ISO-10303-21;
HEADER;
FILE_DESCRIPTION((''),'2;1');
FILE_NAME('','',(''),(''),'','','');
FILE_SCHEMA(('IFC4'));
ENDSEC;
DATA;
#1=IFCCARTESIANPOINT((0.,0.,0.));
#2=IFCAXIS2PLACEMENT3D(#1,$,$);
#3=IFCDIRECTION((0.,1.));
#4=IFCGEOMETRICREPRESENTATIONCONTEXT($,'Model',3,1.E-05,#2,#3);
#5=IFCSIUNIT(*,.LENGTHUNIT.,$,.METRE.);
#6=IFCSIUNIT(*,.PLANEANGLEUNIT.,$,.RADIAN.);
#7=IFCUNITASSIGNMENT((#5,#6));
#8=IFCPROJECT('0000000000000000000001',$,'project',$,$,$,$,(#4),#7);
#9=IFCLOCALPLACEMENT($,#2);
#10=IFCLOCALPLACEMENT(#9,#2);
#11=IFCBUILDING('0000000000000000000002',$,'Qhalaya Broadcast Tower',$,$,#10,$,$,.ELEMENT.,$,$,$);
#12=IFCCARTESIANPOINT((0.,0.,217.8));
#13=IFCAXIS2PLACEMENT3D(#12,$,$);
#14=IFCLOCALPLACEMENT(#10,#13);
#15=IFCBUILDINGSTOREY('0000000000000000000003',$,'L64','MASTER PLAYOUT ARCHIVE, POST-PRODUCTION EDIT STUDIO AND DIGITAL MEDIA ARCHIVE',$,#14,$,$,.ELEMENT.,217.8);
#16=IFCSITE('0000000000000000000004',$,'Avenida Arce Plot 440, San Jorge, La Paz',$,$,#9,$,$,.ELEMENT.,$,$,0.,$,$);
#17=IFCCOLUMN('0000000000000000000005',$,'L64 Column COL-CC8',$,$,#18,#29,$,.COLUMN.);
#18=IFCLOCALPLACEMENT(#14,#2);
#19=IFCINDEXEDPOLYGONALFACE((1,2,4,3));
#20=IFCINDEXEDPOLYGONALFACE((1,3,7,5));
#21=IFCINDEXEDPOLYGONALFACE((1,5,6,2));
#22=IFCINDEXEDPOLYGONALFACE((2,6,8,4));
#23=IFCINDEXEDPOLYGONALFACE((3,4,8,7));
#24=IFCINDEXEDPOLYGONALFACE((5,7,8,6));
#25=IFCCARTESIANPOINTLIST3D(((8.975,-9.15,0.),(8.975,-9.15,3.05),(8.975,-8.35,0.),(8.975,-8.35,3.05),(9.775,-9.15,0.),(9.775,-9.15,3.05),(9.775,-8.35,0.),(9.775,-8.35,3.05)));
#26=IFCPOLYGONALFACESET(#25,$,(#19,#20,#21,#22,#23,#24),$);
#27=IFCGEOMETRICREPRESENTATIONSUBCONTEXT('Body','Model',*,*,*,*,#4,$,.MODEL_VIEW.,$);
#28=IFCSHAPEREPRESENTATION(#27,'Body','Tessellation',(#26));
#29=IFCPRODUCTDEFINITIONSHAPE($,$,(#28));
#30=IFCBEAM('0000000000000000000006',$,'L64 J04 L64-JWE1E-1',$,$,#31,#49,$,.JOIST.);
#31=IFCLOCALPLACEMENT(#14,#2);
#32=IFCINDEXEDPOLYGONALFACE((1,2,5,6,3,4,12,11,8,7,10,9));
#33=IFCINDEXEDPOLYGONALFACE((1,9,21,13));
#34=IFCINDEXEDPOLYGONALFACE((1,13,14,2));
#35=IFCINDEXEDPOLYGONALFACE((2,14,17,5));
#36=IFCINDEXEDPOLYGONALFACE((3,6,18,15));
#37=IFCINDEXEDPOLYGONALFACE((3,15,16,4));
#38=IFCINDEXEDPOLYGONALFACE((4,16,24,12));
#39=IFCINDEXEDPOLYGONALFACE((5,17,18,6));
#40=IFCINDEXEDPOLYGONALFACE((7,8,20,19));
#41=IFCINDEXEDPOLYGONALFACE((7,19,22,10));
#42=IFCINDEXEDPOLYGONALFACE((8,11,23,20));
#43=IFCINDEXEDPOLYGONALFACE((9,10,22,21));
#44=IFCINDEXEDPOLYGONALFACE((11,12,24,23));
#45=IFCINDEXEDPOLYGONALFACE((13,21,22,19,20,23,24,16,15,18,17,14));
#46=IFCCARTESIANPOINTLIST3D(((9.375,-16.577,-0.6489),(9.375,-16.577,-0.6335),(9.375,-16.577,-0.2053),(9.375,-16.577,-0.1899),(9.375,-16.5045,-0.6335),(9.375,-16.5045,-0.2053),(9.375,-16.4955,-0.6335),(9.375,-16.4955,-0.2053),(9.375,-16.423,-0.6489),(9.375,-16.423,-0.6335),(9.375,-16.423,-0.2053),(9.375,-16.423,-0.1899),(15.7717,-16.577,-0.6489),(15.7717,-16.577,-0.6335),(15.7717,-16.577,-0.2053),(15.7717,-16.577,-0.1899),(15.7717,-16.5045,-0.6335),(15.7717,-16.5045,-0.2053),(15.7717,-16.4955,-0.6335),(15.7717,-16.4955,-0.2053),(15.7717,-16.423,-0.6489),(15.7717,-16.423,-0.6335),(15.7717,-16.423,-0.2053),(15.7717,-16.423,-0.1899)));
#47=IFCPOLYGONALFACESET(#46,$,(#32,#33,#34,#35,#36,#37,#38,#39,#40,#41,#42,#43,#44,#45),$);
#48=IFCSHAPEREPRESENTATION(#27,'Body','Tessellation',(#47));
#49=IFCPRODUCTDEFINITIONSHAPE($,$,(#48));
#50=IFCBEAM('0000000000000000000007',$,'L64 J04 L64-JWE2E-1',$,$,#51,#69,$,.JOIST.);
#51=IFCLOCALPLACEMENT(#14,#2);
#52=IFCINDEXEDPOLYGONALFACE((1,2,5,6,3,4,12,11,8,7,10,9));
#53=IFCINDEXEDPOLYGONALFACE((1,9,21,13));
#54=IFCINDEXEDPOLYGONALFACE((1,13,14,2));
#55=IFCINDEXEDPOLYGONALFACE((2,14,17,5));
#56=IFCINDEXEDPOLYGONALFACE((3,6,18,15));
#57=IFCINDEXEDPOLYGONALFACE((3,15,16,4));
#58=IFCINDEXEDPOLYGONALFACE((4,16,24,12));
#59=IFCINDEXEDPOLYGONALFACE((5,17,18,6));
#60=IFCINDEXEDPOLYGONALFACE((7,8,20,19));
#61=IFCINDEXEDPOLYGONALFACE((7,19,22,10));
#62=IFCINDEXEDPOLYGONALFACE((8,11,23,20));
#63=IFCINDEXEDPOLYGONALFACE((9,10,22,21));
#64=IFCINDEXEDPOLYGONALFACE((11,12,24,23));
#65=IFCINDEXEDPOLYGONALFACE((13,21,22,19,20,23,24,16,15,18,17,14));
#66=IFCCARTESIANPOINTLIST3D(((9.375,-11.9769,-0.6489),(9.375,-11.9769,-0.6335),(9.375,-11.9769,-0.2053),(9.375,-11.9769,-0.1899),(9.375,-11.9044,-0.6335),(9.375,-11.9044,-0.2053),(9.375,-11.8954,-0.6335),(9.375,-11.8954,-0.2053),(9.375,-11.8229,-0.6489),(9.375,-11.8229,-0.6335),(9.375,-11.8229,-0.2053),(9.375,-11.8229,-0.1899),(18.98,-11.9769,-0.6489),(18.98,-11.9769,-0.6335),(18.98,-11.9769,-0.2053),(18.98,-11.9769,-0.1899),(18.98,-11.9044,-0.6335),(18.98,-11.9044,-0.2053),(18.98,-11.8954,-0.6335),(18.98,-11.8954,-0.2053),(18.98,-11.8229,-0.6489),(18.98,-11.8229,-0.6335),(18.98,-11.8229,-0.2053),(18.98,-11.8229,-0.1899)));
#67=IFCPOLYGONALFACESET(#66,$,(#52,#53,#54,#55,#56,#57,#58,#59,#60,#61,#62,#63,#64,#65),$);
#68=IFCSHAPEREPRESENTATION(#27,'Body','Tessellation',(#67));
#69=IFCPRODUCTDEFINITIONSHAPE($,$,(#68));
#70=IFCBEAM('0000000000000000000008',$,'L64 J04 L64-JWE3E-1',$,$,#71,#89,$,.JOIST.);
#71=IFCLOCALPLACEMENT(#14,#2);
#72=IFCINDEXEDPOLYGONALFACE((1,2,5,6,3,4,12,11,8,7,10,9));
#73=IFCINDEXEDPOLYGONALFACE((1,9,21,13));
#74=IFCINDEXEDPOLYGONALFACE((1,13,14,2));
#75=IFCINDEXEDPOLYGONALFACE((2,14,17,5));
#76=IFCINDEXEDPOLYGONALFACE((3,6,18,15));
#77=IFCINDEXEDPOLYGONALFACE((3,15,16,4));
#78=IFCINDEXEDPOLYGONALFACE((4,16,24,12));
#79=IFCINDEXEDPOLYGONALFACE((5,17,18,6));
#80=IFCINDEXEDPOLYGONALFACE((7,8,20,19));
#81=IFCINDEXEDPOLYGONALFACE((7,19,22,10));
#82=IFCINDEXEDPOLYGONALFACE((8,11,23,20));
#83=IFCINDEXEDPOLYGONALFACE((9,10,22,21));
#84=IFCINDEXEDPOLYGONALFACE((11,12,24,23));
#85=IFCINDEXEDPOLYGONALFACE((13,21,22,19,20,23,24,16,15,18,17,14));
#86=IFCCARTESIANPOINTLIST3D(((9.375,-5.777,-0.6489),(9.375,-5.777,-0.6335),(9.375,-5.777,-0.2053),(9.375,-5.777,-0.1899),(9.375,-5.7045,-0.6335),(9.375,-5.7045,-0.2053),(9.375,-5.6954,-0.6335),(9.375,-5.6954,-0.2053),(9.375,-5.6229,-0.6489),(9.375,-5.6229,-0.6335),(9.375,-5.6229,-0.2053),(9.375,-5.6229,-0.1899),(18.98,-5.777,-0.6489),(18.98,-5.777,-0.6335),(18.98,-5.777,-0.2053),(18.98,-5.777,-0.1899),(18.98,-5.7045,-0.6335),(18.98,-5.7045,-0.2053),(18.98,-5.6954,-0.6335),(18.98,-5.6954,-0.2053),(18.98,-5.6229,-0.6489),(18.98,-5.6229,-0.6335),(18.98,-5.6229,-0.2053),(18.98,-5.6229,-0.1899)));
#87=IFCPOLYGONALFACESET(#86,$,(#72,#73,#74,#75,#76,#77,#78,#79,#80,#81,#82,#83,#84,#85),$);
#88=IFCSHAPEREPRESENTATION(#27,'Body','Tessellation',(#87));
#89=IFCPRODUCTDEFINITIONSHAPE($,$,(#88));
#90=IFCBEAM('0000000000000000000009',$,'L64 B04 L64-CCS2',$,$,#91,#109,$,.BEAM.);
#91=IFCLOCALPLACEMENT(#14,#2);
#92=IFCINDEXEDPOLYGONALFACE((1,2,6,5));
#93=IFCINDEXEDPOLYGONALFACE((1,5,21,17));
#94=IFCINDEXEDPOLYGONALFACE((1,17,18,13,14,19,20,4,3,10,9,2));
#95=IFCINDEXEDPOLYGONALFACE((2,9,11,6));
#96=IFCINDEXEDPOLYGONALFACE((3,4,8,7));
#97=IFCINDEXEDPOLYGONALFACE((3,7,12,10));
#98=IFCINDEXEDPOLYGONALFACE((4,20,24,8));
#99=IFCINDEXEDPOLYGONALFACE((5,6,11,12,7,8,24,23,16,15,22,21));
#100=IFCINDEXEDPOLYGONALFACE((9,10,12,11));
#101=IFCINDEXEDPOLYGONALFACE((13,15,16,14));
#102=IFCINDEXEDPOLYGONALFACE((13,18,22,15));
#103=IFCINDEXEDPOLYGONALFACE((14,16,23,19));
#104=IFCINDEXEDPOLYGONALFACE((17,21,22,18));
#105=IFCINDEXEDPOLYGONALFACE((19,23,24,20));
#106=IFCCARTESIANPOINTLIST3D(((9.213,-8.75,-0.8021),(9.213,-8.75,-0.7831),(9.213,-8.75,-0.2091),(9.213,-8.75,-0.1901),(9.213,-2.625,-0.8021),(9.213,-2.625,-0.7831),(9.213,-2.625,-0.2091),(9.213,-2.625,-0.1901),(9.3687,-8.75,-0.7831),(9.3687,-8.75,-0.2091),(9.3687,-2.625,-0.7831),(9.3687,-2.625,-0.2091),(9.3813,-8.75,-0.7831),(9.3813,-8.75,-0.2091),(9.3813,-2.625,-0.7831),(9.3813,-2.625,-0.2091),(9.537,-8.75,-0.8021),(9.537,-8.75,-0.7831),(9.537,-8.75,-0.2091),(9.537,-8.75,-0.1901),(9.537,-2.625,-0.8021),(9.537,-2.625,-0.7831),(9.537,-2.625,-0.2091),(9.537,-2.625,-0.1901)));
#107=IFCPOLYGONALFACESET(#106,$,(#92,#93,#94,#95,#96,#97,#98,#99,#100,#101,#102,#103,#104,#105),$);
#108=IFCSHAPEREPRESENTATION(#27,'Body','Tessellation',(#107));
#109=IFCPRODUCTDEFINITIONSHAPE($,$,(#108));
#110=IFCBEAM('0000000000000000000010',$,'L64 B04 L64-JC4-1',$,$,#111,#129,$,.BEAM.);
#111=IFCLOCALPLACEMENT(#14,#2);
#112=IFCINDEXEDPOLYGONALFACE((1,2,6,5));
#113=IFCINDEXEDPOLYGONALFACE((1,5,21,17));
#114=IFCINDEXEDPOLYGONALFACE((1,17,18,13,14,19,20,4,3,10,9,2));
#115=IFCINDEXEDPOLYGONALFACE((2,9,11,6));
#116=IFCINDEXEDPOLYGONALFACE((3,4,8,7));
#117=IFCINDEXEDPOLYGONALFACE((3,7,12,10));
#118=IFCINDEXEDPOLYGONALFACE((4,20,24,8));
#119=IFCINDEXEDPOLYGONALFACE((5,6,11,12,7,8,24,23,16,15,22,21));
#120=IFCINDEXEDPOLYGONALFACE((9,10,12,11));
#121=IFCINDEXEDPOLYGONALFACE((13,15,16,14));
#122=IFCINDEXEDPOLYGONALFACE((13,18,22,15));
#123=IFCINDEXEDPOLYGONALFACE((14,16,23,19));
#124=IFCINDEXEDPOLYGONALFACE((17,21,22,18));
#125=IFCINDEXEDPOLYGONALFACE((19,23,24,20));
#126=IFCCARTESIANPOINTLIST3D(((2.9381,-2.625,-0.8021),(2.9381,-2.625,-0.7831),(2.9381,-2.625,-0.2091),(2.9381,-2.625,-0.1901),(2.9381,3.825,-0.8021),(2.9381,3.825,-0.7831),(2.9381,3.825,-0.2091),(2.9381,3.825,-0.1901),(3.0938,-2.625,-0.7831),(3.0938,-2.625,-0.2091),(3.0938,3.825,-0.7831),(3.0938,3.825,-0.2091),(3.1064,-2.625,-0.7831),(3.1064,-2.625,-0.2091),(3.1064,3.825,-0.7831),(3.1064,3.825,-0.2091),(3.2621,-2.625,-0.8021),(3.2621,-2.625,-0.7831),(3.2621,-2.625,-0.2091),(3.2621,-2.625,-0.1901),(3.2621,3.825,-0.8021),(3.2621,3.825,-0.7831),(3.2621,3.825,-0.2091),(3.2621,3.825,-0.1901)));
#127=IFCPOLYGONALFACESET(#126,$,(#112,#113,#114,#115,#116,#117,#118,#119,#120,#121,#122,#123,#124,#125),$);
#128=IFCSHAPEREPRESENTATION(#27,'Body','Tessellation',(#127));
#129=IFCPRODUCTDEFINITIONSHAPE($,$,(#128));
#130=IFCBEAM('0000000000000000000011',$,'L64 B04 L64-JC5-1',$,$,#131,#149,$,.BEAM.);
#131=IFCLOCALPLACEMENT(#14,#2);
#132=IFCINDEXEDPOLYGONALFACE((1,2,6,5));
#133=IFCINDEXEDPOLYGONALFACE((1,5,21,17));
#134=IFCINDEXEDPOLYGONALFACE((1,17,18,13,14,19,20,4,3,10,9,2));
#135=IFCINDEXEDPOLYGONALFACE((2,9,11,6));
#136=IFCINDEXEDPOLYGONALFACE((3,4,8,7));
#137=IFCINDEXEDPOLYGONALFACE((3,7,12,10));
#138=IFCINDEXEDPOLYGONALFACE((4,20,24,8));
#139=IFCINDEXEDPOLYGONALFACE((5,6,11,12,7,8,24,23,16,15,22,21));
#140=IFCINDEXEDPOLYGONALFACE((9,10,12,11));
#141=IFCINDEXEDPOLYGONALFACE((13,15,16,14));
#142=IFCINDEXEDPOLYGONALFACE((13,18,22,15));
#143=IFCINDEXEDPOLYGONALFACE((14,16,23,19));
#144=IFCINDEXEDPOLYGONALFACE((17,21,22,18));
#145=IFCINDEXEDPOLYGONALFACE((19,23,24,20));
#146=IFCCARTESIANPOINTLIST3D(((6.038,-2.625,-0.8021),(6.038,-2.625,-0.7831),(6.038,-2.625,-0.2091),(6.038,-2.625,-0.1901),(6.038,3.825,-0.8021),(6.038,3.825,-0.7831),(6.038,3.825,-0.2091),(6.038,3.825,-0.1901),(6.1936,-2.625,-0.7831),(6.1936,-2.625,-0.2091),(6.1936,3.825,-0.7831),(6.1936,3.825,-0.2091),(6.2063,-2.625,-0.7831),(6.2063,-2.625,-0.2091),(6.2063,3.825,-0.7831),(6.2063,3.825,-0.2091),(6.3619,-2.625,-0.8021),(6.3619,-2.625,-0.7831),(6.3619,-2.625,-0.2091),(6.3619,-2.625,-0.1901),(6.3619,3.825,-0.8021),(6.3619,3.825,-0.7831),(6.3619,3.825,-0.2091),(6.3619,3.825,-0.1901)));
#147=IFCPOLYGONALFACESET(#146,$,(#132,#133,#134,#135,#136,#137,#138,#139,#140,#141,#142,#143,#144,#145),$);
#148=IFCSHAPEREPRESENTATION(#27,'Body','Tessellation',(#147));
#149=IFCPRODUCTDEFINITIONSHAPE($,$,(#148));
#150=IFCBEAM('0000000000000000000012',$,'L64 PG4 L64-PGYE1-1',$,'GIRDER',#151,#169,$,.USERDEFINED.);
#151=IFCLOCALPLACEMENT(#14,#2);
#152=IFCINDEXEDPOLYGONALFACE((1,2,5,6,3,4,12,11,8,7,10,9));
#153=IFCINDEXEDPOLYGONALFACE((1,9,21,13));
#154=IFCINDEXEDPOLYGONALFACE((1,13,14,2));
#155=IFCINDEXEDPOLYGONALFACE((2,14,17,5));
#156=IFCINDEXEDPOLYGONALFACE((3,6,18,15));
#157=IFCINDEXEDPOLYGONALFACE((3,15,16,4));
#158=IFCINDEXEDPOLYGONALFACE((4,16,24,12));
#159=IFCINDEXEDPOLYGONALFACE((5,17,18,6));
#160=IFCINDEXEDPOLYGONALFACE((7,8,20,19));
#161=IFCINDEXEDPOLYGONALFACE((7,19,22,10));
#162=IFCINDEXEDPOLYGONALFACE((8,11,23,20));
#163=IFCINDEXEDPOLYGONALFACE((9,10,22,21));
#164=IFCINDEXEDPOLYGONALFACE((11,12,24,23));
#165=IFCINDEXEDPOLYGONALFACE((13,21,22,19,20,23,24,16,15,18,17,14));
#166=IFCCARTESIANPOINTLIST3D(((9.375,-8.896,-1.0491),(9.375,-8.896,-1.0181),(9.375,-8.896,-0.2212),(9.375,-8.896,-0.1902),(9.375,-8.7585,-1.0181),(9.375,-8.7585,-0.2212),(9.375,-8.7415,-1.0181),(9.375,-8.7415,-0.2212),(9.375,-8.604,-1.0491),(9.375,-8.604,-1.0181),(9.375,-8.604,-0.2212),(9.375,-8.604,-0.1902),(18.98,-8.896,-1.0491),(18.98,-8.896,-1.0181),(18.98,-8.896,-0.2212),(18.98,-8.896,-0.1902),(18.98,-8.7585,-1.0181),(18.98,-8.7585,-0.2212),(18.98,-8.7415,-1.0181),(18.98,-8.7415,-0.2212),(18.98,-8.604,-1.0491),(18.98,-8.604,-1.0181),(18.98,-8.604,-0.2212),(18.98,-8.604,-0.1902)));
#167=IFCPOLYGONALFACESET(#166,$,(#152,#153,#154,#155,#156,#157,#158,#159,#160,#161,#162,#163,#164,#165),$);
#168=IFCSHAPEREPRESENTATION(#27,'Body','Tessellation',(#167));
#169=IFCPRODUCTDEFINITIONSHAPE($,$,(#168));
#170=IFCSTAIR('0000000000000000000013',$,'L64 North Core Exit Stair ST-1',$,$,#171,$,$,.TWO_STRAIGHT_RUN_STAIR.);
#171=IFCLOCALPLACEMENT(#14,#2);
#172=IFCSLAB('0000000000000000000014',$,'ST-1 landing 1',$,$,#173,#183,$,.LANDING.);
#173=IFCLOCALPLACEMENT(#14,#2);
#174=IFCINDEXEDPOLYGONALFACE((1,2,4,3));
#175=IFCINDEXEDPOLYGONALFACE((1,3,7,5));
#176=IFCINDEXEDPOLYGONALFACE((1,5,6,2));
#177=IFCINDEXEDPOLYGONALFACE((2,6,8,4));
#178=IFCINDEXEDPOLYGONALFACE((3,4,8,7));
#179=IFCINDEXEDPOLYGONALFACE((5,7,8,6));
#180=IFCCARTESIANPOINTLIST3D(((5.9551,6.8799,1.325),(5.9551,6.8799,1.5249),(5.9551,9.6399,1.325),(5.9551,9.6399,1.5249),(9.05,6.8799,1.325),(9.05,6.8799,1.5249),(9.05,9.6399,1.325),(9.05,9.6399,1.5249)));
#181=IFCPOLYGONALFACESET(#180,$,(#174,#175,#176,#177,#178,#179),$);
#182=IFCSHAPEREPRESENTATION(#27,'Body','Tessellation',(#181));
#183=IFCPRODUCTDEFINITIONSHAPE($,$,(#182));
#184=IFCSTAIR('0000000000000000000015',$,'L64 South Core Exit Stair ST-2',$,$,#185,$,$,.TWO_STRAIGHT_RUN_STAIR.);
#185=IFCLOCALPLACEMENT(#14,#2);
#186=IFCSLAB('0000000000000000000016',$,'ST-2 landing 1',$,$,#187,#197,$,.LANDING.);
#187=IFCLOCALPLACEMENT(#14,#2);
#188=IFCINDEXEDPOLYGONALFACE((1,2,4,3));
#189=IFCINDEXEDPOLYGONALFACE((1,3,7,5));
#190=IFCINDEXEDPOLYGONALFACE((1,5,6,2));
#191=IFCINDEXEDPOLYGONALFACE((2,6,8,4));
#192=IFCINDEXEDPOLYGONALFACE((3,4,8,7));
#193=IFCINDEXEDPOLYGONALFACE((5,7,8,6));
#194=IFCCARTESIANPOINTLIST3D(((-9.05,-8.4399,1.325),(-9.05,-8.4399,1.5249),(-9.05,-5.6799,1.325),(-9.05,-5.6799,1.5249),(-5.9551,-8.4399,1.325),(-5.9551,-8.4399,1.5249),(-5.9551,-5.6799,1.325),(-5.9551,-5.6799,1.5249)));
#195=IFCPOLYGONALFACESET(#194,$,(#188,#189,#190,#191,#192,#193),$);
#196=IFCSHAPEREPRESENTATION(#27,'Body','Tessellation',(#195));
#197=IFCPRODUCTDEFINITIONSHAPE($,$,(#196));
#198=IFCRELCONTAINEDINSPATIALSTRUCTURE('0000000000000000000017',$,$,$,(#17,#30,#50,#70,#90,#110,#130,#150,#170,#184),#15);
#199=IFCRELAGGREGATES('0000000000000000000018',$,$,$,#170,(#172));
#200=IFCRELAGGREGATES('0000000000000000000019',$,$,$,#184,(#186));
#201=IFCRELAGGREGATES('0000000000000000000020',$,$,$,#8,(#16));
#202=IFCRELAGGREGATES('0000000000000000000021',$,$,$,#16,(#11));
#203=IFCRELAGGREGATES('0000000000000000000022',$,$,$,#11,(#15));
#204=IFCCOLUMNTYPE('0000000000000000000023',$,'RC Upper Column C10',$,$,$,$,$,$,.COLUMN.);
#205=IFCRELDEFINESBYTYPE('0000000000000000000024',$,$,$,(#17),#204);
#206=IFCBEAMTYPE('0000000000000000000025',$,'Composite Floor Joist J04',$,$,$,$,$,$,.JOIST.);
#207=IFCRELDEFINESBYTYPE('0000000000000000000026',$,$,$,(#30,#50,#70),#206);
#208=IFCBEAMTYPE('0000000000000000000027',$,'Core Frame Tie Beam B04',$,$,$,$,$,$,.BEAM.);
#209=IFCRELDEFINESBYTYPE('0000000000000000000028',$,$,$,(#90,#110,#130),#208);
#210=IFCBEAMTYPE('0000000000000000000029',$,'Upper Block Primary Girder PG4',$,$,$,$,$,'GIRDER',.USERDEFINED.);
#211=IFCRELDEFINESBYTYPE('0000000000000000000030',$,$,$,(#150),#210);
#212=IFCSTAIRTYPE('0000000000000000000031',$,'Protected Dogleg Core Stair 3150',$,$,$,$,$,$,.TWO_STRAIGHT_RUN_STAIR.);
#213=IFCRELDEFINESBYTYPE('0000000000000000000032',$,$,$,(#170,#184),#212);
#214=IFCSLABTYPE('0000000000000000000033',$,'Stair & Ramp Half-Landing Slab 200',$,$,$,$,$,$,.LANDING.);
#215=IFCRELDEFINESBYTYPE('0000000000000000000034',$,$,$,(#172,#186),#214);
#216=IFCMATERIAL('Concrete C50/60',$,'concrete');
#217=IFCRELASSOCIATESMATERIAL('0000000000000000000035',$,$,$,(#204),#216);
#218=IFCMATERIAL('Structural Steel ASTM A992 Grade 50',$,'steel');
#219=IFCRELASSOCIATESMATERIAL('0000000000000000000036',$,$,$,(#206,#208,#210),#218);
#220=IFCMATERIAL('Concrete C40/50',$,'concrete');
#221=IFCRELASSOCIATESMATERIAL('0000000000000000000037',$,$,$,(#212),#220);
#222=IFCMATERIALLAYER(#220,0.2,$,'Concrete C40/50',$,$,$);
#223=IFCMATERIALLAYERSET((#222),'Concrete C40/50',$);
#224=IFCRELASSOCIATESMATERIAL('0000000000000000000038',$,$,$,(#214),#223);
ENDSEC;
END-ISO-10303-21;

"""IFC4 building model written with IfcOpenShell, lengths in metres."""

from ifc_helpers import new_model, si_unit, direction, frame, origin, origin_2d, place, context, subcontext, project, spatial, polyline, rectangle, i_section, outline, extrude, material, layer, layer_set, material_profile, profile_set, type_object, element, aggregate, save


model = new_model("IFC4")

# Units and contexts
model_context = context("Model", 3, precision=1e-05, world=origin(), true_north=direction((0.0, 1.0)))
body_context = subcontext(model_context, "Body", "Model", "MODEL_VIEW")
ifc_project = project(units=[si_unit("LENGTHUNIT", "METRE"), si_unit("PLANEANGLEUNIT", "RADIAN")], contexts=[model_context])

# Site, building, storey
site_placement = place(None, origin())
site = spatial("IfcSite", under=ifc_project, at=site_placement, Name="Avenida Arce Plot 440, San Jorge, La Paz", CompositionType="ELEMENT", RefElevation=0.0)
building_placement = place(site_placement, origin())
building = spatial("IfcBuilding", under=site, at=building_placement, Name="Qhalaya Broadcast Tower", CompositionType="ELEMENT")
storey_placement = place(building_placement, frame((0.0, 0.0, 217.8)))
storey = spatial("IfcBuildingStorey", under=building, at=storey_placement, Name="L64", Description="MASTER PLAYOUT ARCHIVE, POST-PRODUCTION EDIT STUDIO AND DIGITAL MEDIA ARCHIVE", CompositionType="ELEMENT", Elevation=217.8)

# Column
ifc_material_1 = material(Name="Concrete C50/60", Category="concrete")
ifc_material_profile_1 = material_profile(ifc_material_1, rectangle(XDim=0.8, YDim=0.8, at=origin_2d()), Name="RC-COL 800x800")
ifc_profile_set_1 = profile_set([ifc_material_profile_1], Name="Concrete C50/60")
column_type = type_object("IfcColumnType", Name="RC Upper Column C10", PredefinedType="COLUMN", material=ifc_profile_set_1)
column_placement = place(storey_placement, frame((9.375, -8.75, 0.0), z_axis=(0.0, 0.0, 1.0), x_axis=(1.0, 0.0, 0.0)))
element("IfcColumn", 1, at=column_placement, inside=storey, type_object=column_type, Name="L64 Column COL-CC8", PredefinedType="COLUMN", context=body_context, shape_type="SweptSolid", body=[
    extrude(rectangle(XDim=0.8, YDim=0.8, at=origin_2d()), origin(), (0.0, 0.0, 1.0), 3.05),
])

# Beams
ifc_material_2 = material(Name="Structural Steel ASTM A992 Grade 50", Category="steel")
ifc_material_profile_2 = material_profile(ifc_material_2, i_section(OverallWidth=0.1541, OverallDepth=0.459, WebThickness=0.009, FlangeThickness=0.0154, at=origin_2d()), Name="W18X46")
ifc_profile_set_2 = profile_set([ifc_material_profile_2], Name="Structural Steel ASTM A992 Grade 50")
beam_type_1 = type_object("IfcBeamType", Name="Composite Floor Joist J04", PredefinedType="JOIST", material=ifc_profile_set_2)
beam_1_placement = place(storey_placement, frame((9.375, -16.5, -0.4194), z_axis=(1.0, 0.0, 0.0), x_axis=(0.0, 1.0, 0.0)))
element("IfcBeam", 2, at=beam_1_placement, inside=storey, type_object=beam_type_1, Name="L64 J04 L64-JWE1E-1", PredefinedType="JOIST", context=body_context, shape_type="SweptSolid", body=[
    extrude(i_section(OverallWidth=0.1541, OverallDepth=0.459, WebThickness=0.009, FlangeThickness=0.0154, at=origin_2d()), origin(), (0.0, 0.0, 1.0), 6.3967),
])
for number, where, z_axis, x_axis, name in (
    (3, (9.375, -11.8999, -0.4194), (1.0, 0.0, 0.0), (0.0, 1.0, 0.0), "L64 J04 L64-JWE2E-1"),
    (4, (9.375, -5.7, -0.4194), (1.0, 0.0, 0.0), (0.0, 1.0, 0.0), "L64 J04 L64-JWE3E-1"),
):
    element("IfcBeam", number, at=place(storey_placement, frame(where, z_axis=z_axis, x_axis=x_axis)), inside=storey, type_object=beam_type_1, Name=name, PredefinedType="JOIST", context=body_context, shape_type="SweptSolid", body=[
        extrude(i_section(OverallWidth=0.1541, OverallDepth=0.459, WebThickness=0.009, FlangeThickness=0.0154, at=origin_2d()), origin(), (0.0, 0.0, 1.0), 9.605),
    ])
ifc_material_profile_3 = material_profile(ifc_material_2, i_section(OverallWidth=0.324, OverallDepth=0.6121, WebThickness=0.0127, FlangeThickness=0.019, at=origin_2d()), Name="W24X104")
ifc_profile_set_3 = profile_set([ifc_material_profile_3], Name="Structural Steel ASTM A992 Grade 50")
beam_type_2 = type_object("IfcBeamType", Name="Core Frame Tie Beam B04", PredefinedType="BEAM", material=ifc_profile_set_3)
beam_2_placement = place(storey_placement, frame((9.375, -8.75, -0.4961), z_axis=(0.0, 1.0, 0.0), x_axis=(-1.0, 0.0, 0.0)))
element("IfcBeam", 5, at=beam_2_placement, inside=storey, type_object=beam_type_2, Name="L64 B04 L64-CCS2", PredefinedType="BEAM", context=body_context, shape_type="SweptSolid", body=[
    extrude(i_section(OverallWidth=0.324, OverallDepth=0.6121, WebThickness=0.0127, FlangeThickness=0.019, at=origin_2d()), origin(), (0.0, 0.0, 1.0), 6.125),
])
for number, where, z_axis, x_axis, name in (
    (6, (3.1001, -2.625, -0.4961), (0.0, 1.0, 0.0), (-1.0, 0.0, 0.0), "L64 B04 L64-JC4-1"),
    (7, (6.2, -2.625, -0.4961), (0.0, 1.0, 0.0), (-1.0, 0.0, 0.0), "L64 B04 L64-JC5-1"),
):
    element("IfcBeam", number, at=place(storey_placement, frame(where, z_axis=z_axis, x_axis=x_axis)), inside=storey, type_object=beam_type_2, Name=name, PredefinedType="BEAM", context=body_context, shape_type="SweptSolid", body=[
        extrude(i_section(OverallWidth=0.324, OverallDepth=0.6121, WebThickness=0.0127, FlangeThickness=0.019, at=origin_2d()), origin(), (0.0, 0.0, 1.0), 6.45),
    ])
ifc_material_profile_4 = material_profile(ifc_material_2, i_section(OverallWidth=0.292, OverallDepth=0.8589, WebThickness=0.0171, FlangeThickness=0.031, at=origin_2d()), Name="W33X169")
ifc_profile_set_4 = profile_set([ifc_material_profile_4], Name="Structural Steel ASTM A992 Grade 50")
beam_type_3 = type_object("IfcBeamType", Name="Upper Block Primary Girder PG4", ElementType="GIRDER", PredefinedType="USERDEFINED", material=ifc_profile_set_4)
beam_3_placement = place(storey_placement, frame((9.375, -8.75, -0.6196), z_axis=(1.0, 0.0, 0.0), x_axis=(0.0, 1.0, 0.0)))
element("IfcBeam", 8, at=beam_3_placement, inside=storey, type_object=beam_type_3, Name="L64 PG4 L64-PGYE1-1", ObjectType="GIRDER", PredefinedType="USERDEFINED", context=body_context, shape_type="SweptSolid", body=[
    extrude(i_section(OverallWidth=0.292, OverallDepth=0.8589, WebThickness=0.0171, FlangeThickness=0.031, at=origin_2d()), origin(), (0.0, 0.0, 1.0), 9.605),
])

# Stairs, slabs
ifc_material_3 = material(Name="Concrete C40/50", Category="concrete")
stair_type = type_object("IfcStairType", Name="Protected Dogleg Core Stair 3150", PredefinedType="TWO_STRAIGHT_RUN_STAIR", material=ifc_material_3)
stair_1_placement = place(storey_placement, origin())
stair_1 = element("IfcStair", 9, at=stair_1_placement, inside=storey, type_object=stair_type, Name="L64 North Core Exit Stair ST-1", PredefinedType="TWO_STRAIGHT_RUN_STAIR")
ifc_layer_1 = layer(ifc_material_3, 0.2, Name="Concrete C40/50")
ifc_layer_set_1 = layer_set([ifc_layer_1], Name="Concrete C40/50")
slab_type_1 = type_object("IfcSlabType", Name="Stair & Ramp Half-Landing Slab 200", PredefinedType="LANDING", material=ifc_layer_set_1)
slab_1_placement = place(storey_placement, frame((0.0, 0.0, 1.325)))
slab_1 = element("IfcSlab", 10, at=slab_1_placement, type_object=slab_type_1, Name="ST-1 landing 1", PredefinedType="LANDING", context=body_context, shape_type="SweptSolid", body=[
    extrude(outline(polyline([(5.9551, 6.8799), (9.05, 6.8799), (9.05, 9.6399), (5.9551, 9.6399), (5.9551, 6.8799)])), origin(), (0.0, 0.0, 1.0), 0.2),
])
aggregate(stair_1, [slab_1])
stair_2_placement = place(storey_placement, origin())
stair_2 = element("IfcStair", 11, at=stair_2_placement, inside=storey, type_object=stair_type, Name="L64 South Core Exit Stair ST-2", PredefinedType="TWO_STRAIGHT_RUN_STAIR")
slab_2_placement = place(storey_placement, frame((0.0, 0.0, 1.325)))
slab_2 = element("IfcSlab", 12, at=slab_2_placement, type_object=slab_type_1, Name="ST-2 landing 1", PredefinedType="LANDING", context=body_context, shape_type="SweptSolid", body=[
    extrude(outline(polyline([(-5.9551, -5.6799), (-9.05, -5.6799), (-9.05, -8.4399), (-5.9551, -8.4399), (-5.9551, -5.6799)])), origin(), (0.0, 0.0, 1.0), 0.2),
])
aggregate(stair_2, [slab_2])

save(model, "model.ifc")
